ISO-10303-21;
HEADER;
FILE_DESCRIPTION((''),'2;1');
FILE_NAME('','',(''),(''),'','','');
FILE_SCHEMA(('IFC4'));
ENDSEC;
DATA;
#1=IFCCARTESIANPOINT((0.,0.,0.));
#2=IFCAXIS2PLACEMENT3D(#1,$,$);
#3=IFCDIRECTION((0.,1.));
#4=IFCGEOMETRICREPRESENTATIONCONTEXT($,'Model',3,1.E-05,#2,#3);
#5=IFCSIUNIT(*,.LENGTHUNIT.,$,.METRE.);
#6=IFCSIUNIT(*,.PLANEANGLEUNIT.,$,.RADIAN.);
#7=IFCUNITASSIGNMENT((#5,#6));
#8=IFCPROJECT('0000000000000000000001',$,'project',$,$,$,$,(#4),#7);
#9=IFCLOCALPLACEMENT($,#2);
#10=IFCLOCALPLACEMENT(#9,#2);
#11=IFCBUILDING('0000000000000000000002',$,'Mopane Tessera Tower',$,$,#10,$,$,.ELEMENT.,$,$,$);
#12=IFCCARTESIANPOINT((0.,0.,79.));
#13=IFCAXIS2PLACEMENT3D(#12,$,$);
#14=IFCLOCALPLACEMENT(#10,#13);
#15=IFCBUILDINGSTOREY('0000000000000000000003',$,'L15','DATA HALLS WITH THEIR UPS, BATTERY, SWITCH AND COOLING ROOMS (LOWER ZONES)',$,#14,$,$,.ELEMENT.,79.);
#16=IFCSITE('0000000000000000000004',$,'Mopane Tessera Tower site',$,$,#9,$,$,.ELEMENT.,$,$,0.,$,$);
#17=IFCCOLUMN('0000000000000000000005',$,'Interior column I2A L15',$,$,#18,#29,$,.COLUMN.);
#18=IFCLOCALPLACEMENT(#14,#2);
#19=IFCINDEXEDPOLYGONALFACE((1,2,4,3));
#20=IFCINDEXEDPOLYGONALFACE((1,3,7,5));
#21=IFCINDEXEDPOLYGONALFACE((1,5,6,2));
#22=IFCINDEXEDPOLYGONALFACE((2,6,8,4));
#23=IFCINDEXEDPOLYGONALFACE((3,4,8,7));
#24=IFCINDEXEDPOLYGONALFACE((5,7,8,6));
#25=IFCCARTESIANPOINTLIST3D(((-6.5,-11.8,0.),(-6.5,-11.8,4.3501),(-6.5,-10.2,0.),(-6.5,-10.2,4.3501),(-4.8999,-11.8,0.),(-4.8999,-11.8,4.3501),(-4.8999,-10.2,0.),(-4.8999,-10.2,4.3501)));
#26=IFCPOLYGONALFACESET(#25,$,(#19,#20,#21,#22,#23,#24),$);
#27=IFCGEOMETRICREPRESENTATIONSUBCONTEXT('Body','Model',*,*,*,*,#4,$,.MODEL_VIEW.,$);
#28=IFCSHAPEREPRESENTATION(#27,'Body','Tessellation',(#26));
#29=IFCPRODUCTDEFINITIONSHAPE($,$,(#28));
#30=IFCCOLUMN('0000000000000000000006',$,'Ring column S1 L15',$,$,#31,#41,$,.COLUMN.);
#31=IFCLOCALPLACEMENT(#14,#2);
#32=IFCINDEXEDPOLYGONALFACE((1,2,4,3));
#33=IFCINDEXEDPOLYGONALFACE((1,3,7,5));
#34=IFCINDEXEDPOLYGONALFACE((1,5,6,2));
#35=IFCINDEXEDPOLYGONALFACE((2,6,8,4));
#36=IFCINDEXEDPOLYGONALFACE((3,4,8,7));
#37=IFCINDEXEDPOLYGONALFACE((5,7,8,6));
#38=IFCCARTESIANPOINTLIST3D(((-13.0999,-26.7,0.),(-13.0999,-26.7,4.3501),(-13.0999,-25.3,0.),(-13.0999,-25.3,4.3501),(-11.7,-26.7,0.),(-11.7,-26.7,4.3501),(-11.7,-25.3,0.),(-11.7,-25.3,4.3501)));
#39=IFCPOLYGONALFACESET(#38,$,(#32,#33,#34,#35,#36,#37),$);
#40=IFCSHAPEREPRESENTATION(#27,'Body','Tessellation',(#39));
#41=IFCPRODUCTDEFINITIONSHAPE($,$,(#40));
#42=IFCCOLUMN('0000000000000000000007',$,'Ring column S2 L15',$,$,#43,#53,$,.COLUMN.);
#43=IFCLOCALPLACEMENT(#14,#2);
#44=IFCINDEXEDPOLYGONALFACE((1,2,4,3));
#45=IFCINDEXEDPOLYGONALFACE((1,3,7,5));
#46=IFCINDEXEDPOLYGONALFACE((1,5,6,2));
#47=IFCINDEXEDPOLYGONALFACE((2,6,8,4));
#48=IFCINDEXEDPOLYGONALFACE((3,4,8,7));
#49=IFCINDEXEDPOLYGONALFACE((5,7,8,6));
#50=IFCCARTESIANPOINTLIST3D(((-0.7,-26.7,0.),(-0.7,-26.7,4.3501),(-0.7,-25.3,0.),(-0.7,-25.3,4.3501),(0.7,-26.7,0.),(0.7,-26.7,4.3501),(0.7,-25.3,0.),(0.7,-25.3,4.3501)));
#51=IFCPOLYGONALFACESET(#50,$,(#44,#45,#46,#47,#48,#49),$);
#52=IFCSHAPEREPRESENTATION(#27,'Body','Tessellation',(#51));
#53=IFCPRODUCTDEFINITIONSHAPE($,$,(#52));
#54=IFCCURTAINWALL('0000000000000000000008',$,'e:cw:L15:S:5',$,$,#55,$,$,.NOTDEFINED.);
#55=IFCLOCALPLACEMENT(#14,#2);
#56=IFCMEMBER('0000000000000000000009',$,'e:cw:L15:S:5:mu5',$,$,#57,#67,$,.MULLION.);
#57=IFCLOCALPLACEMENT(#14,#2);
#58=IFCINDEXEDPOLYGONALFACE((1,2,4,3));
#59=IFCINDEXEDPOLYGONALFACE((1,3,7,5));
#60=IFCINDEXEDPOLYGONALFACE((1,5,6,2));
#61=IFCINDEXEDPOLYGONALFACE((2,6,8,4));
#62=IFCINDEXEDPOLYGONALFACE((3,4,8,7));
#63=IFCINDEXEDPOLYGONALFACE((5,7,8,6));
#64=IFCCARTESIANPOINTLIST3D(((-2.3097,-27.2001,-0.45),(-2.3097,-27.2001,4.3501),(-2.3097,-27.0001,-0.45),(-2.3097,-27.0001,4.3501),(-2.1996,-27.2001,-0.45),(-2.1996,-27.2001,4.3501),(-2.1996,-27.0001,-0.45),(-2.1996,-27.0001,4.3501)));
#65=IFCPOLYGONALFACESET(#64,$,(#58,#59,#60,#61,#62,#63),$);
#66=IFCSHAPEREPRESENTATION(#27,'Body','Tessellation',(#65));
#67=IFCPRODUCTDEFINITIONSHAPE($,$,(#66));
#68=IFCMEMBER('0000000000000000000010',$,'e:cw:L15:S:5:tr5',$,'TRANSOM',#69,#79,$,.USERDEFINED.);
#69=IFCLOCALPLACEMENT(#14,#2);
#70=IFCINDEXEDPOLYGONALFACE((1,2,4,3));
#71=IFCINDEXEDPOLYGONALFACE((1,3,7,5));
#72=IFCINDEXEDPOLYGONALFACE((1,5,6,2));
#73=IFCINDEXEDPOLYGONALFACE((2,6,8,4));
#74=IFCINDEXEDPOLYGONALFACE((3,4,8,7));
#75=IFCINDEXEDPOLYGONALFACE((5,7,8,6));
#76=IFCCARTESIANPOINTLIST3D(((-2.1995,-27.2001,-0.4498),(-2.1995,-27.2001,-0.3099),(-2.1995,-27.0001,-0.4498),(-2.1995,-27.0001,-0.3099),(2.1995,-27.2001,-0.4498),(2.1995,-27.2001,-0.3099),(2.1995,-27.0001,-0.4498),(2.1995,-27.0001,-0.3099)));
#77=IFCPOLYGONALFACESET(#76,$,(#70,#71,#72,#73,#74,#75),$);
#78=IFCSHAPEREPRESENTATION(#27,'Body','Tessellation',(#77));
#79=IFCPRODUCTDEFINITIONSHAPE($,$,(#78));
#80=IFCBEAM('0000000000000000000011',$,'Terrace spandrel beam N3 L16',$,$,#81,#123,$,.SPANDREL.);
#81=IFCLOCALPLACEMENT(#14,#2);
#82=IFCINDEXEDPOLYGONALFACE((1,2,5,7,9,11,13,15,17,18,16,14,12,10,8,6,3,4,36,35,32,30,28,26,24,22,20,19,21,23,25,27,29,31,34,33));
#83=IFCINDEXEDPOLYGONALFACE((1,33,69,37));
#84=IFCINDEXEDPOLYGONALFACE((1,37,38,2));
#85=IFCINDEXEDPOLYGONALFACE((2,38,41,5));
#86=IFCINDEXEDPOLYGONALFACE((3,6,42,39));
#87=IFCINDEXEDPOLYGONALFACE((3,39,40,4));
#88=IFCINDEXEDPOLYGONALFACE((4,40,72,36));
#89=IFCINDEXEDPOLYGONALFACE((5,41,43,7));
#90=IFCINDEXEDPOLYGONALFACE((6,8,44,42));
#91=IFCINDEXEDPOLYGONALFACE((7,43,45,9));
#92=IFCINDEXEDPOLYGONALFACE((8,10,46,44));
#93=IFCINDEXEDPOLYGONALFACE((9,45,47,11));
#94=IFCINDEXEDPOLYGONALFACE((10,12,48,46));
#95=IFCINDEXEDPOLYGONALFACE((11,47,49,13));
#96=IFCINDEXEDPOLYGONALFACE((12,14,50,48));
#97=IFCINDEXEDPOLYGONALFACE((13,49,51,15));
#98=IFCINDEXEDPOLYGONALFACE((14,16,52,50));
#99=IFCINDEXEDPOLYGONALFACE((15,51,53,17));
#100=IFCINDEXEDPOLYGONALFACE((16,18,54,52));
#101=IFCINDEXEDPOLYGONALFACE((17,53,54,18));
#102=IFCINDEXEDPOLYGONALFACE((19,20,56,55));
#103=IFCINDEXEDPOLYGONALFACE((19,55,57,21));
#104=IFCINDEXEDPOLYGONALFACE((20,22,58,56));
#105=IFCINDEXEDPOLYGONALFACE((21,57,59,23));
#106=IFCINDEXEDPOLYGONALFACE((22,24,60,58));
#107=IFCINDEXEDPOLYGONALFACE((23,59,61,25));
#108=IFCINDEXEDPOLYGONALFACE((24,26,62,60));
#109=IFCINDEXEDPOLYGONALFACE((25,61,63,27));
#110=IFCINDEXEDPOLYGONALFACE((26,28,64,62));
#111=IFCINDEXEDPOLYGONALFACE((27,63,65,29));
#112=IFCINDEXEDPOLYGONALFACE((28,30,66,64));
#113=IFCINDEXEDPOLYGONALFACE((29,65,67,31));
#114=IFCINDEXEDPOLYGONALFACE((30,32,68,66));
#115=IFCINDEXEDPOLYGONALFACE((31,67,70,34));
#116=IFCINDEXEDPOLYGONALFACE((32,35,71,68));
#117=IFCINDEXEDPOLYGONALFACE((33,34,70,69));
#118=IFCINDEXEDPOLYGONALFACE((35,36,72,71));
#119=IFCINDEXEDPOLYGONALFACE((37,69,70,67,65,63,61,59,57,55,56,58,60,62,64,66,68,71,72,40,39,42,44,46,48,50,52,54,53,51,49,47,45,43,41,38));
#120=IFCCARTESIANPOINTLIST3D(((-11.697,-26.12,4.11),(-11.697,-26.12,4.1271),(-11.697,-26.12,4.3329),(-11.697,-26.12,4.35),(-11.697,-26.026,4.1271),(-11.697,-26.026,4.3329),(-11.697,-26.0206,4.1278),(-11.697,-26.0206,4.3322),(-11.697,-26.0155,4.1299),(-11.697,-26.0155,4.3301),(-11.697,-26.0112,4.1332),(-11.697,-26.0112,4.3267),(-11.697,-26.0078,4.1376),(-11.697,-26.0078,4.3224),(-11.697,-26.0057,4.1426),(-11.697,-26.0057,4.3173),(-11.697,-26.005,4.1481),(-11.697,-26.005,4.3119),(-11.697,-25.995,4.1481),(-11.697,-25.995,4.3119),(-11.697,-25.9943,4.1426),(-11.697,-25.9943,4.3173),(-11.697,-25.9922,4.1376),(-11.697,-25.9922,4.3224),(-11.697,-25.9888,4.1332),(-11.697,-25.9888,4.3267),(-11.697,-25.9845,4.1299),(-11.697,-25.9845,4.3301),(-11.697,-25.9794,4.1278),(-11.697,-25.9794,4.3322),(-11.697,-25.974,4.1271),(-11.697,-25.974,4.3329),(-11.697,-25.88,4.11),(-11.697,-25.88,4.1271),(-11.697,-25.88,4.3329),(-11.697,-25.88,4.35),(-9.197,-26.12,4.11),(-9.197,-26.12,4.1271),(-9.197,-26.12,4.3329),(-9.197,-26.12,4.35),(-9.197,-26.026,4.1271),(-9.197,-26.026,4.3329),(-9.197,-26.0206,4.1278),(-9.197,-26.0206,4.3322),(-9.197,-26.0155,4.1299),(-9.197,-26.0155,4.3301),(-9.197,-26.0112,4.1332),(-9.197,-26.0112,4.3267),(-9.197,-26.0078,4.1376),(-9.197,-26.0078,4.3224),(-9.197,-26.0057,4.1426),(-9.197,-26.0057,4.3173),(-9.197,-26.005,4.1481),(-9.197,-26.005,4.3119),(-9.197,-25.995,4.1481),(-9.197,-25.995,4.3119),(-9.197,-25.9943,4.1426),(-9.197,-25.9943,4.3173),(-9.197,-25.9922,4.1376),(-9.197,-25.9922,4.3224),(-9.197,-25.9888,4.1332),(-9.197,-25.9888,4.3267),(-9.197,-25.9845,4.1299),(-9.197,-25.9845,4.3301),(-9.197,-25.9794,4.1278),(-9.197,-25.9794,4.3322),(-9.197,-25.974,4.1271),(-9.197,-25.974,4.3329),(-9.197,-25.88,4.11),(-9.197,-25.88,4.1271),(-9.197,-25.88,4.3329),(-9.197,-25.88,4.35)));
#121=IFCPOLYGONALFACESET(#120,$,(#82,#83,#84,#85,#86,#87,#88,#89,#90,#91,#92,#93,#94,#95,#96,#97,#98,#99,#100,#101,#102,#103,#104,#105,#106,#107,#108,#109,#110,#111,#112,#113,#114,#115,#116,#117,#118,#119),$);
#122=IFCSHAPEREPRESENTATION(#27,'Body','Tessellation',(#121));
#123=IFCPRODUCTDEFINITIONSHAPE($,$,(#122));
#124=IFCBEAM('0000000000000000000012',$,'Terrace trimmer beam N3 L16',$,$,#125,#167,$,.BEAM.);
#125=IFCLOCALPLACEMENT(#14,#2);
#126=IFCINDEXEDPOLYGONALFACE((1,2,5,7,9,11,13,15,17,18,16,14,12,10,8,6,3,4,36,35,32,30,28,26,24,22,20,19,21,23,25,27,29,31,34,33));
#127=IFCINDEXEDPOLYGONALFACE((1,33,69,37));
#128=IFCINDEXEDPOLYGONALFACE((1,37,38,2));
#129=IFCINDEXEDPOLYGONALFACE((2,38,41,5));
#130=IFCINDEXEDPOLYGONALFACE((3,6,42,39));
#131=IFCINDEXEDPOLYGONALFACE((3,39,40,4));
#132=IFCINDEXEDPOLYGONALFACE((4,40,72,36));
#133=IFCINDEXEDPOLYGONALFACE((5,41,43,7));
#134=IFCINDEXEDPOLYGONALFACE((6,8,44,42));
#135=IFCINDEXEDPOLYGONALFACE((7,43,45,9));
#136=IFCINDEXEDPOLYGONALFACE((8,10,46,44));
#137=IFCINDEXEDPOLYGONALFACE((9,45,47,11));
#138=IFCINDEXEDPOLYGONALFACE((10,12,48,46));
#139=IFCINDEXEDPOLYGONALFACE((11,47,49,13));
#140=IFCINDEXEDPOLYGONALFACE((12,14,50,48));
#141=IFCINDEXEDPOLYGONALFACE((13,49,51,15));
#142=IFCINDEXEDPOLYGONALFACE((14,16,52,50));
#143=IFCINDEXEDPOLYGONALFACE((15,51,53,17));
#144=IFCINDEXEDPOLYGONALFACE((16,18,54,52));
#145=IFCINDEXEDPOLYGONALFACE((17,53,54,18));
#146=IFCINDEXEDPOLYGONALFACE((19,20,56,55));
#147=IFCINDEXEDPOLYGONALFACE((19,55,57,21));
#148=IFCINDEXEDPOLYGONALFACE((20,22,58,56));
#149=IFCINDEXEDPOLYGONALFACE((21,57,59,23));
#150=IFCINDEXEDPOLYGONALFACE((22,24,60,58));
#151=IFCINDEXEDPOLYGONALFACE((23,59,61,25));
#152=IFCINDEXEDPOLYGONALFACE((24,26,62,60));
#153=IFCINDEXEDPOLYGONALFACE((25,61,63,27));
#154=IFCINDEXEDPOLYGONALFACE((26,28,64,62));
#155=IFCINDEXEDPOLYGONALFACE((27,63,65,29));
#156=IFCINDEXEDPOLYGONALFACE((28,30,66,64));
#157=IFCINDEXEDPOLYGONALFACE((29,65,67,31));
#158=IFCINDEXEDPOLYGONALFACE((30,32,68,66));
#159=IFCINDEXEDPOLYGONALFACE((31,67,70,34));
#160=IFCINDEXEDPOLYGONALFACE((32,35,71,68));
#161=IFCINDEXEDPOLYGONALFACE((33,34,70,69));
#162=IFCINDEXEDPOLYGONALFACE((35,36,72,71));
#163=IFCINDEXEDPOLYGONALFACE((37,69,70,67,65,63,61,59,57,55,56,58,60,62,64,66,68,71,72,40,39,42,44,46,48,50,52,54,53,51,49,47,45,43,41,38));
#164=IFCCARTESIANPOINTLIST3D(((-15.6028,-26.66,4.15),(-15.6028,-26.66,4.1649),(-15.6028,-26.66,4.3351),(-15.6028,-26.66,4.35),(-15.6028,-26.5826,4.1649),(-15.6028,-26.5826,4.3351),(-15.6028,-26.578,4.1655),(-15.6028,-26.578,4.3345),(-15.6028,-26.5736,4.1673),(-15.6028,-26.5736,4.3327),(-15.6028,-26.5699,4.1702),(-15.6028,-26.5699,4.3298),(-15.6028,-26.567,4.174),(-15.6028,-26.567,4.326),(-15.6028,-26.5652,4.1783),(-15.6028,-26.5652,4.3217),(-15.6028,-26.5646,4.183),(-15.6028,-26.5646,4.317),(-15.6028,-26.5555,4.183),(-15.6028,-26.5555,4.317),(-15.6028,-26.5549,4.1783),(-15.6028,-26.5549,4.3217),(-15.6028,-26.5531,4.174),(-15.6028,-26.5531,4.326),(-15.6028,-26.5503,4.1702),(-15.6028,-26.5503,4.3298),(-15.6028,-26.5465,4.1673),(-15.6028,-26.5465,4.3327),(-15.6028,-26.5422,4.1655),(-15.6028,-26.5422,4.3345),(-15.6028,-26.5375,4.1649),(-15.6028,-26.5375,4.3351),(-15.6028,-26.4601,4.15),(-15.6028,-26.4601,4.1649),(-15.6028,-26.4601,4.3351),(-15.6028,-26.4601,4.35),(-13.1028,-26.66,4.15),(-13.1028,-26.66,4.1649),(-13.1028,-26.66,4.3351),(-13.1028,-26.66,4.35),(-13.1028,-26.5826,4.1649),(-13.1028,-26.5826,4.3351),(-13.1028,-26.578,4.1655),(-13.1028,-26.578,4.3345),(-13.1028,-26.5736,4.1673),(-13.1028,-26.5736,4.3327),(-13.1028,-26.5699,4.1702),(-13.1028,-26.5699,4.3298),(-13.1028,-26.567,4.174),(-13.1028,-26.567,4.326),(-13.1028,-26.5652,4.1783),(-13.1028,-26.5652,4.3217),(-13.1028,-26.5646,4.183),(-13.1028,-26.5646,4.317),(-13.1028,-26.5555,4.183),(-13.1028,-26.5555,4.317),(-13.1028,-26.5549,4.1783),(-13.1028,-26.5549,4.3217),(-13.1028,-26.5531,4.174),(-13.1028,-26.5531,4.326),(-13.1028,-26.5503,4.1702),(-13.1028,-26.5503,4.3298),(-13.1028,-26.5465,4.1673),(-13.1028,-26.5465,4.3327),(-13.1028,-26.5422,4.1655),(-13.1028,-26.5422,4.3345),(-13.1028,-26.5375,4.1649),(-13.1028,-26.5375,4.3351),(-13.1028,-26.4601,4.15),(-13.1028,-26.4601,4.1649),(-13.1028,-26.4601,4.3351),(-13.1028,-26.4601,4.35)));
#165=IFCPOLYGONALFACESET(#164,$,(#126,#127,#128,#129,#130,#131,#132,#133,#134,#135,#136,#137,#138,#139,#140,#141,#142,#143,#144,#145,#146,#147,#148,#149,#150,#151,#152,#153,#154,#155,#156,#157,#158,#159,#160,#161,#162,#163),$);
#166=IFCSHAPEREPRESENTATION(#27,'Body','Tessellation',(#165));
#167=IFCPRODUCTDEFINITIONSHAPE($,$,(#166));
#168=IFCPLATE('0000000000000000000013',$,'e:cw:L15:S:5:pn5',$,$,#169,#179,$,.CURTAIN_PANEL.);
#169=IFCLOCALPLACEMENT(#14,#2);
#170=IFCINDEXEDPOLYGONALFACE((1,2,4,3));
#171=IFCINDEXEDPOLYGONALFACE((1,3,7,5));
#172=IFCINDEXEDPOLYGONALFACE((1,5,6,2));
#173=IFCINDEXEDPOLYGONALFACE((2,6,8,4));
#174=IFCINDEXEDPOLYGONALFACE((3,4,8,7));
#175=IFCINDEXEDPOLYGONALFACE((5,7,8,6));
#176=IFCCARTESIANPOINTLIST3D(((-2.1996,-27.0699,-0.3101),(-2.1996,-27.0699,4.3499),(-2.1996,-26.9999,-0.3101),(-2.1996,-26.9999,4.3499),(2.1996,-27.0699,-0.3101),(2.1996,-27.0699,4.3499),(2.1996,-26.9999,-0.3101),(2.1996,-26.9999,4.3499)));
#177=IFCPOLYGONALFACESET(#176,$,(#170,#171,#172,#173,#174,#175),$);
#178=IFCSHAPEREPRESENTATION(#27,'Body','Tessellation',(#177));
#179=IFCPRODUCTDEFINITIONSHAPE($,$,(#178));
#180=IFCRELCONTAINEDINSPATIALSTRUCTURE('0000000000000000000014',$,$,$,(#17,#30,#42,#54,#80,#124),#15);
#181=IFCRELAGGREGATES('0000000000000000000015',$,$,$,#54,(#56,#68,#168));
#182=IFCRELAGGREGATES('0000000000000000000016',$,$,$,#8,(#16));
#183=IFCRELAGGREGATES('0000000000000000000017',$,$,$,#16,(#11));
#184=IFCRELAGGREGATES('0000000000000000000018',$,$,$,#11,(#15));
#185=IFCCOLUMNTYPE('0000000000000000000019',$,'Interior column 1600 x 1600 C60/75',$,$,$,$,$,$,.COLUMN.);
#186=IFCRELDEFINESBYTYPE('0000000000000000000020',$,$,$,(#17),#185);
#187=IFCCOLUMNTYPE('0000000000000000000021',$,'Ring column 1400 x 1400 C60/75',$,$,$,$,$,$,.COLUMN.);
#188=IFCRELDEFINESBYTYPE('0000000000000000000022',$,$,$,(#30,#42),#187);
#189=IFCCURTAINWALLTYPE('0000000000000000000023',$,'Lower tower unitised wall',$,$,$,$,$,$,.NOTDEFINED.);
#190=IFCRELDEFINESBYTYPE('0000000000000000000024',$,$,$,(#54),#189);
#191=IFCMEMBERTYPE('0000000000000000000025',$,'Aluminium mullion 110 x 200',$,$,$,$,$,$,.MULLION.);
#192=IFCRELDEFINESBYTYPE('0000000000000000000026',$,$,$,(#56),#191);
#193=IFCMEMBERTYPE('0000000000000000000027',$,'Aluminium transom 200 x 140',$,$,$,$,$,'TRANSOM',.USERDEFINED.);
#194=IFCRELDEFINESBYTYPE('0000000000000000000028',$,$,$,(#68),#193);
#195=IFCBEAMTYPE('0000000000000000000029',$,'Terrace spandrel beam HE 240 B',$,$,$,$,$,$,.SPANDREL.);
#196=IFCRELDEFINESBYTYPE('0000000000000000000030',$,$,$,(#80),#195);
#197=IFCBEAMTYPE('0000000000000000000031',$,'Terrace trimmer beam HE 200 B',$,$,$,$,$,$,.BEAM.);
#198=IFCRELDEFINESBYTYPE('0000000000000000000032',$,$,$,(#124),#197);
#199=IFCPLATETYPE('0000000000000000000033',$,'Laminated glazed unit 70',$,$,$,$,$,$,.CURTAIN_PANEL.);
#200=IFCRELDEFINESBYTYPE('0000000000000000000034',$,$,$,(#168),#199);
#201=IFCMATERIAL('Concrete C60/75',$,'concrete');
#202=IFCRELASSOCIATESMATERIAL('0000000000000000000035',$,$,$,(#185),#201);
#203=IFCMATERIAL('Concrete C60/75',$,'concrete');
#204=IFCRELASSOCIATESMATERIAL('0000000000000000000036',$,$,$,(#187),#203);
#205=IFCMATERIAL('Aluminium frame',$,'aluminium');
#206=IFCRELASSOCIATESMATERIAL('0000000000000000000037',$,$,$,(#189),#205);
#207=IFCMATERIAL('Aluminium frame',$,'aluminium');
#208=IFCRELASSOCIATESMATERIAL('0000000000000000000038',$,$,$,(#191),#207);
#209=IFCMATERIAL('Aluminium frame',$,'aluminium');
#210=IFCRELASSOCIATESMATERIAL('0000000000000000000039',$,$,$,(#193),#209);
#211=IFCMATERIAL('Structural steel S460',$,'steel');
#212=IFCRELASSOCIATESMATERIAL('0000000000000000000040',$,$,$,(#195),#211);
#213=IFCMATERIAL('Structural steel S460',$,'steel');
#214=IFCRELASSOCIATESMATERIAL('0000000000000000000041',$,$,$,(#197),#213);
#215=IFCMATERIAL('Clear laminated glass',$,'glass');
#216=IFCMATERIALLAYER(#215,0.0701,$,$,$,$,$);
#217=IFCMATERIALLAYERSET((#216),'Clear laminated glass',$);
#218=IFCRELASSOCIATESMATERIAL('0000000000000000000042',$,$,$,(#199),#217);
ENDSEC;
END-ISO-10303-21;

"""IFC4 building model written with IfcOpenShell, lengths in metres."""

from ifc_helpers import new_model, si_unit, direction, frame, origin, origin_2d, place, context, subcontext, project, spatial, rectangle, i_section, extrude, material, layer, layer_set, material_profile, profile_set, type_object, element, aggregate, save


model = new_model("IFC4")

# Units and contexts
model_context = context("Model", 3, precision=1e-05, world=origin(), true_north=direction((0.0, 1.0)))
body_context = subcontext(model_context, "Body", "Model", "MODEL_VIEW")
ifc_project = project(units=[si_unit("LENGTHUNIT", "METRE"), si_unit("PLANEANGLEUNIT", "RADIAN")], contexts=[model_context])

# Site, building, storey
site_placement = place(None, origin())
site = spatial("IfcSite", under=ifc_project, at=site_placement, Name="Mopane Tessera Tower site", CompositionType="ELEMENT", RefElevation=0.0)
building_placement = place(site_placement, origin())
building = spatial("IfcBuilding", under=site, at=building_placement, Name="Mopane Tessera Tower", CompositionType="ELEMENT")
storey_placement = place(building_placement, frame((0.0, 0.0, 79.0)))
storey = spatial("IfcBuildingStorey", under=building, at=storey_placement, Name="L15", Description="DATA HALLS WITH THEIR UPS, BATTERY, SWITCH AND COOLING ROOMS (LOWER ZONES)", CompositionType="ELEMENT", Elevation=79.0)

# Columns
ifc_material_1 = material(Name="Concrete C60/75", Category="concrete")
ifc_material_profile_1 = material_profile(ifc_material_1, rectangle(XDim=1.6001, YDim=1.6001, at=origin_2d()))
ifc_profile_set_1 = profile_set([ifc_material_profile_1], Name="Concrete C60/75")
column_type_1 = type_object("IfcColumnType", Name="Interior column 1600 x 1600 C60/75", PredefinedType="COLUMN", material=ifc_profile_set_1)
column_placement = place(storey_placement, frame((-5.7, -11.0, 0.0), z_axis=(0.0, 0.0, 1.0), x_axis=(1.0, 0.0, 0.0)))
element("IfcColumn", 1, at=column_placement, inside=storey, type_object=column_type_1, Name="Interior column I2A L15", PredefinedType="COLUMN", context=body_context, shape_type="SweptSolid", body=[
    extrude(rectangle(XDim=1.6001, YDim=1.6001, at=origin_2d()), origin(), (0.0, 0.0, 1.0), 4.3501),
])
ifc_material_2 = material(Name="Concrete C60/75", Category="concrete")
ifc_material_profile_2 = material_profile(ifc_material_2, rectangle(XDim=1.3999, YDim=1.3999, at=origin_2d()))
ifc_profile_set_2 = profile_set([ifc_material_profile_2], Name="Concrete C60/75")
column_type_2 = type_object("IfcColumnType", Name="Ring column 1400 x 1400 C60/75", PredefinedType="COLUMN", material=ifc_profile_set_2)
for number, where, z_axis, x_axis, name in (
    (2, (-12.3999, -26.0, 0.0), (0.0, 0.0, 1.0), (1.0, 0.0, 0.0), "Ring column S1 L15"),
    (3, (0.0, -26.0, 0.0), (0.0, 0.0, 1.0), (1.0, 0.0, 0.0), "Ring column S2 L15"),
):
    element("IfcColumn", number, at=place(storey_placement, frame(where, z_axis=z_axis, x_axis=x_axis)), inside=storey, type_object=column_type_2, Name=name, PredefinedType="COLUMN", context=body_context, shape_type="SweptSolid", body=[
        extrude(rectangle(XDim=1.3999, YDim=1.3999, at=origin_2d()), origin(), (0.0, 0.0, 1.0), 4.3501),
    ])

# Curtain wall, members
ifc_material_3 = material(Name="Aluminium frame", Category="aluminium")
curtain_wall_type = type_object("IfcCurtainWallType", Name="Lower tower unitised wall", PredefinedType="NOTDEFINED", material=ifc_material_3)
curtain_wall_placement = place(storey_placement, origin())
curtain_wall = element("IfcCurtainWall", 4, at=curtain_wall_placement, inside=storey, type_object=curtain_wall_type, Name="e:cw:L15:S:5", PredefinedType="NOTDEFINED")
ifc_material_4 = material(Name="Aluminium frame", Category="aluminium")
ifc_material_profile_3 = material_profile(ifc_material_4, rectangle(XDim=0.1101, YDim=0.2, at=origin_2d()))
ifc_profile_set_3 = profile_set([ifc_material_profile_3], Name="Aluminium frame")
member_type_1 = type_object("IfcMemberType", Name="Aluminium mullion 110 x 200", PredefinedType="MULLION", material=ifc_profile_set_3)
member_1_placement = place(storey_placement, frame((-2.2546, -27.1001, -0.45), z_axis=(0.0, 0.0, 1.0), x_axis=(1.0, 0.0, 0.0)))
member_1 = element("IfcMember", 5, at=member_1_placement, type_object=member_type_1, Name="e:cw:L15:S:5:mu5", PredefinedType="MULLION", context=body_context, shape_type="SweptSolid", body=[
    extrude(rectangle(XDim=0.1101, YDim=0.2, at=origin_2d()), origin(), (0.0, 0.0, 1.0), 4.8),
])
ifc_material_5 = material(Name="Aluminium frame", Category="aluminium")
ifc_material_profile_4 = material_profile(ifc_material_5, rectangle(XDim=0.2, YDim=0.1399, at=origin_2d()))
ifc_profile_set_4 = profile_set([ifc_material_profile_4], Name="Aluminium frame")
member_type_2 = type_object("IfcMemberType", Name="Aluminium transom 200 x 140", ElementType="TRANSOM", PredefinedType="USERDEFINED", material=ifc_profile_set_4)
member_2_placement = place(storey_placement, frame((-2.1995, -27.1001, -0.3799), z_axis=(1.0, 0.0, 0.0), x_axis=(0.0, 1.0, 0.0)))
member_2 = element("IfcMember", 6, at=member_2_placement, type_object=member_type_2, Name="e:cw:L15:S:5:tr5", ObjectType="TRANSOM", PredefinedType="USERDEFINED", context=body_context, shape_type="SweptSolid", body=[
    extrude(rectangle(XDim=0.2, YDim=0.1399, at=origin_2d()), origin(), (0.0, 0.0, 1.0), 4.3989),
])

# Beams
ifc_material_6 = material(Name="Structural steel S460", Category="steel")
ifc_material_profile_5 = material_profile(ifc_material_6, i_section(OverallWidth=0.24, OverallDepth=0.24, WebThickness=0.01, FlangeThickness=0.0171, FilletRadius=0.021, at=origin_2d()))
ifc_profile_set_5 = profile_set([ifc_material_profile_5], Name="Structural steel S460")
beam_type_1 = type_object("IfcBeamType", Name="Terrace spandrel beam HE 240 B", PredefinedType="SPANDREL", material=ifc_profile_set_5)
beam_1_placement = place(storey_placement, frame((-11.697, -26.0, 4.23), z_axis=(1.0, 0.0, 0.0), x_axis=(0.0, 1.0, 0.0)))
element("IfcBeam", 7, at=beam_1_placement, inside=storey, type_object=beam_type_1, Name="Terrace spandrel beam N3 L16", PredefinedType="SPANDREL", context=body_context, shape_type="SweptSolid", body=[
    extrude(i_section(OverallWidth=0.24, OverallDepth=0.24, WebThickness=0.01, FlangeThickness=0.0171, FilletRadius=0.021, at=origin_2d()), origin(), (0.0, 0.0, 1.0), 2.5),
])
ifc_material_7 = material(Name="Structural steel S460", Category="steel")
ifc_material_profile_6 = material_profile(ifc_material_7, i_section(OverallWidth=0.2, OverallDepth=0.2, WebThickness=0.009, FlangeThickness=0.0149, FilletRadius=0.0181, at=origin_2d()))
ifc_profile_set_6 = profile_set([ifc_material_profile_6], Name="Structural steel S460")
beam_type_2 = type_object("IfcBeamType", Name="Terrace trimmer beam HE 200 B", PredefinedType="BEAM", material=ifc_profile_set_6)
beam_2_placement = place(storey_placement, frame((-13.1028, -26.5601, 4.25), z_axis=(-1.0, 0.0, 0.0), x_axis=(0.0, -1.0, 0.0)))
element("IfcBeam", 8, at=beam_2_placement, inside=storey, type_object=beam_type_2, Name="Terrace trimmer beam N3 L16", PredefinedType="BEAM", context=body_context, shape_type="SweptSolid", body=[
    extrude(i_section(OverallWidth=0.2, OverallDepth=0.2, WebThickness=0.009, FlangeThickness=0.0149, FilletRadius=0.0181, at=origin_2d()), origin(), (0.0, 0.0, 1.0), 2.5),
])

# Plate
ifc_material_8 = material(Name="Clear laminated glass", Category="glass")
ifc_layer_1 = layer(ifc_material_8, 0.0701)
ifc_layer_set_1 = layer_set([ifc_layer_1], Name="Clear laminated glass")
plate_type = type_object("IfcPlateType", Name="Laminated glazed unit 70", PredefinedType="CURTAIN_PANEL", material=ifc_layer_set_1)
plate_placement = place(storey_placement, frame((0.0, -27.0349, -0.3101), z_axis=(0.0, 0.0, 1.0), x_axis=(1.0, 0.0, 0.0)))
plate = element("IfcPlate", 9, at=plate_placement, type_object=plate_type, Name="e:cw:L15:S:5:pn5", PredefinedType="CURTAIN_PANEL", context=body_context, shape_type="SweptSolid", body=[
    extrude(rectangle(XDim=4.3992, YDim=0.0701, at=origin_2d()), origin(), (0.0, 0.0, 1.0), 4.6599),
])
aggregate(curtain_wall, [member_1, member_2, plate])

save(model, "model.ifc")
